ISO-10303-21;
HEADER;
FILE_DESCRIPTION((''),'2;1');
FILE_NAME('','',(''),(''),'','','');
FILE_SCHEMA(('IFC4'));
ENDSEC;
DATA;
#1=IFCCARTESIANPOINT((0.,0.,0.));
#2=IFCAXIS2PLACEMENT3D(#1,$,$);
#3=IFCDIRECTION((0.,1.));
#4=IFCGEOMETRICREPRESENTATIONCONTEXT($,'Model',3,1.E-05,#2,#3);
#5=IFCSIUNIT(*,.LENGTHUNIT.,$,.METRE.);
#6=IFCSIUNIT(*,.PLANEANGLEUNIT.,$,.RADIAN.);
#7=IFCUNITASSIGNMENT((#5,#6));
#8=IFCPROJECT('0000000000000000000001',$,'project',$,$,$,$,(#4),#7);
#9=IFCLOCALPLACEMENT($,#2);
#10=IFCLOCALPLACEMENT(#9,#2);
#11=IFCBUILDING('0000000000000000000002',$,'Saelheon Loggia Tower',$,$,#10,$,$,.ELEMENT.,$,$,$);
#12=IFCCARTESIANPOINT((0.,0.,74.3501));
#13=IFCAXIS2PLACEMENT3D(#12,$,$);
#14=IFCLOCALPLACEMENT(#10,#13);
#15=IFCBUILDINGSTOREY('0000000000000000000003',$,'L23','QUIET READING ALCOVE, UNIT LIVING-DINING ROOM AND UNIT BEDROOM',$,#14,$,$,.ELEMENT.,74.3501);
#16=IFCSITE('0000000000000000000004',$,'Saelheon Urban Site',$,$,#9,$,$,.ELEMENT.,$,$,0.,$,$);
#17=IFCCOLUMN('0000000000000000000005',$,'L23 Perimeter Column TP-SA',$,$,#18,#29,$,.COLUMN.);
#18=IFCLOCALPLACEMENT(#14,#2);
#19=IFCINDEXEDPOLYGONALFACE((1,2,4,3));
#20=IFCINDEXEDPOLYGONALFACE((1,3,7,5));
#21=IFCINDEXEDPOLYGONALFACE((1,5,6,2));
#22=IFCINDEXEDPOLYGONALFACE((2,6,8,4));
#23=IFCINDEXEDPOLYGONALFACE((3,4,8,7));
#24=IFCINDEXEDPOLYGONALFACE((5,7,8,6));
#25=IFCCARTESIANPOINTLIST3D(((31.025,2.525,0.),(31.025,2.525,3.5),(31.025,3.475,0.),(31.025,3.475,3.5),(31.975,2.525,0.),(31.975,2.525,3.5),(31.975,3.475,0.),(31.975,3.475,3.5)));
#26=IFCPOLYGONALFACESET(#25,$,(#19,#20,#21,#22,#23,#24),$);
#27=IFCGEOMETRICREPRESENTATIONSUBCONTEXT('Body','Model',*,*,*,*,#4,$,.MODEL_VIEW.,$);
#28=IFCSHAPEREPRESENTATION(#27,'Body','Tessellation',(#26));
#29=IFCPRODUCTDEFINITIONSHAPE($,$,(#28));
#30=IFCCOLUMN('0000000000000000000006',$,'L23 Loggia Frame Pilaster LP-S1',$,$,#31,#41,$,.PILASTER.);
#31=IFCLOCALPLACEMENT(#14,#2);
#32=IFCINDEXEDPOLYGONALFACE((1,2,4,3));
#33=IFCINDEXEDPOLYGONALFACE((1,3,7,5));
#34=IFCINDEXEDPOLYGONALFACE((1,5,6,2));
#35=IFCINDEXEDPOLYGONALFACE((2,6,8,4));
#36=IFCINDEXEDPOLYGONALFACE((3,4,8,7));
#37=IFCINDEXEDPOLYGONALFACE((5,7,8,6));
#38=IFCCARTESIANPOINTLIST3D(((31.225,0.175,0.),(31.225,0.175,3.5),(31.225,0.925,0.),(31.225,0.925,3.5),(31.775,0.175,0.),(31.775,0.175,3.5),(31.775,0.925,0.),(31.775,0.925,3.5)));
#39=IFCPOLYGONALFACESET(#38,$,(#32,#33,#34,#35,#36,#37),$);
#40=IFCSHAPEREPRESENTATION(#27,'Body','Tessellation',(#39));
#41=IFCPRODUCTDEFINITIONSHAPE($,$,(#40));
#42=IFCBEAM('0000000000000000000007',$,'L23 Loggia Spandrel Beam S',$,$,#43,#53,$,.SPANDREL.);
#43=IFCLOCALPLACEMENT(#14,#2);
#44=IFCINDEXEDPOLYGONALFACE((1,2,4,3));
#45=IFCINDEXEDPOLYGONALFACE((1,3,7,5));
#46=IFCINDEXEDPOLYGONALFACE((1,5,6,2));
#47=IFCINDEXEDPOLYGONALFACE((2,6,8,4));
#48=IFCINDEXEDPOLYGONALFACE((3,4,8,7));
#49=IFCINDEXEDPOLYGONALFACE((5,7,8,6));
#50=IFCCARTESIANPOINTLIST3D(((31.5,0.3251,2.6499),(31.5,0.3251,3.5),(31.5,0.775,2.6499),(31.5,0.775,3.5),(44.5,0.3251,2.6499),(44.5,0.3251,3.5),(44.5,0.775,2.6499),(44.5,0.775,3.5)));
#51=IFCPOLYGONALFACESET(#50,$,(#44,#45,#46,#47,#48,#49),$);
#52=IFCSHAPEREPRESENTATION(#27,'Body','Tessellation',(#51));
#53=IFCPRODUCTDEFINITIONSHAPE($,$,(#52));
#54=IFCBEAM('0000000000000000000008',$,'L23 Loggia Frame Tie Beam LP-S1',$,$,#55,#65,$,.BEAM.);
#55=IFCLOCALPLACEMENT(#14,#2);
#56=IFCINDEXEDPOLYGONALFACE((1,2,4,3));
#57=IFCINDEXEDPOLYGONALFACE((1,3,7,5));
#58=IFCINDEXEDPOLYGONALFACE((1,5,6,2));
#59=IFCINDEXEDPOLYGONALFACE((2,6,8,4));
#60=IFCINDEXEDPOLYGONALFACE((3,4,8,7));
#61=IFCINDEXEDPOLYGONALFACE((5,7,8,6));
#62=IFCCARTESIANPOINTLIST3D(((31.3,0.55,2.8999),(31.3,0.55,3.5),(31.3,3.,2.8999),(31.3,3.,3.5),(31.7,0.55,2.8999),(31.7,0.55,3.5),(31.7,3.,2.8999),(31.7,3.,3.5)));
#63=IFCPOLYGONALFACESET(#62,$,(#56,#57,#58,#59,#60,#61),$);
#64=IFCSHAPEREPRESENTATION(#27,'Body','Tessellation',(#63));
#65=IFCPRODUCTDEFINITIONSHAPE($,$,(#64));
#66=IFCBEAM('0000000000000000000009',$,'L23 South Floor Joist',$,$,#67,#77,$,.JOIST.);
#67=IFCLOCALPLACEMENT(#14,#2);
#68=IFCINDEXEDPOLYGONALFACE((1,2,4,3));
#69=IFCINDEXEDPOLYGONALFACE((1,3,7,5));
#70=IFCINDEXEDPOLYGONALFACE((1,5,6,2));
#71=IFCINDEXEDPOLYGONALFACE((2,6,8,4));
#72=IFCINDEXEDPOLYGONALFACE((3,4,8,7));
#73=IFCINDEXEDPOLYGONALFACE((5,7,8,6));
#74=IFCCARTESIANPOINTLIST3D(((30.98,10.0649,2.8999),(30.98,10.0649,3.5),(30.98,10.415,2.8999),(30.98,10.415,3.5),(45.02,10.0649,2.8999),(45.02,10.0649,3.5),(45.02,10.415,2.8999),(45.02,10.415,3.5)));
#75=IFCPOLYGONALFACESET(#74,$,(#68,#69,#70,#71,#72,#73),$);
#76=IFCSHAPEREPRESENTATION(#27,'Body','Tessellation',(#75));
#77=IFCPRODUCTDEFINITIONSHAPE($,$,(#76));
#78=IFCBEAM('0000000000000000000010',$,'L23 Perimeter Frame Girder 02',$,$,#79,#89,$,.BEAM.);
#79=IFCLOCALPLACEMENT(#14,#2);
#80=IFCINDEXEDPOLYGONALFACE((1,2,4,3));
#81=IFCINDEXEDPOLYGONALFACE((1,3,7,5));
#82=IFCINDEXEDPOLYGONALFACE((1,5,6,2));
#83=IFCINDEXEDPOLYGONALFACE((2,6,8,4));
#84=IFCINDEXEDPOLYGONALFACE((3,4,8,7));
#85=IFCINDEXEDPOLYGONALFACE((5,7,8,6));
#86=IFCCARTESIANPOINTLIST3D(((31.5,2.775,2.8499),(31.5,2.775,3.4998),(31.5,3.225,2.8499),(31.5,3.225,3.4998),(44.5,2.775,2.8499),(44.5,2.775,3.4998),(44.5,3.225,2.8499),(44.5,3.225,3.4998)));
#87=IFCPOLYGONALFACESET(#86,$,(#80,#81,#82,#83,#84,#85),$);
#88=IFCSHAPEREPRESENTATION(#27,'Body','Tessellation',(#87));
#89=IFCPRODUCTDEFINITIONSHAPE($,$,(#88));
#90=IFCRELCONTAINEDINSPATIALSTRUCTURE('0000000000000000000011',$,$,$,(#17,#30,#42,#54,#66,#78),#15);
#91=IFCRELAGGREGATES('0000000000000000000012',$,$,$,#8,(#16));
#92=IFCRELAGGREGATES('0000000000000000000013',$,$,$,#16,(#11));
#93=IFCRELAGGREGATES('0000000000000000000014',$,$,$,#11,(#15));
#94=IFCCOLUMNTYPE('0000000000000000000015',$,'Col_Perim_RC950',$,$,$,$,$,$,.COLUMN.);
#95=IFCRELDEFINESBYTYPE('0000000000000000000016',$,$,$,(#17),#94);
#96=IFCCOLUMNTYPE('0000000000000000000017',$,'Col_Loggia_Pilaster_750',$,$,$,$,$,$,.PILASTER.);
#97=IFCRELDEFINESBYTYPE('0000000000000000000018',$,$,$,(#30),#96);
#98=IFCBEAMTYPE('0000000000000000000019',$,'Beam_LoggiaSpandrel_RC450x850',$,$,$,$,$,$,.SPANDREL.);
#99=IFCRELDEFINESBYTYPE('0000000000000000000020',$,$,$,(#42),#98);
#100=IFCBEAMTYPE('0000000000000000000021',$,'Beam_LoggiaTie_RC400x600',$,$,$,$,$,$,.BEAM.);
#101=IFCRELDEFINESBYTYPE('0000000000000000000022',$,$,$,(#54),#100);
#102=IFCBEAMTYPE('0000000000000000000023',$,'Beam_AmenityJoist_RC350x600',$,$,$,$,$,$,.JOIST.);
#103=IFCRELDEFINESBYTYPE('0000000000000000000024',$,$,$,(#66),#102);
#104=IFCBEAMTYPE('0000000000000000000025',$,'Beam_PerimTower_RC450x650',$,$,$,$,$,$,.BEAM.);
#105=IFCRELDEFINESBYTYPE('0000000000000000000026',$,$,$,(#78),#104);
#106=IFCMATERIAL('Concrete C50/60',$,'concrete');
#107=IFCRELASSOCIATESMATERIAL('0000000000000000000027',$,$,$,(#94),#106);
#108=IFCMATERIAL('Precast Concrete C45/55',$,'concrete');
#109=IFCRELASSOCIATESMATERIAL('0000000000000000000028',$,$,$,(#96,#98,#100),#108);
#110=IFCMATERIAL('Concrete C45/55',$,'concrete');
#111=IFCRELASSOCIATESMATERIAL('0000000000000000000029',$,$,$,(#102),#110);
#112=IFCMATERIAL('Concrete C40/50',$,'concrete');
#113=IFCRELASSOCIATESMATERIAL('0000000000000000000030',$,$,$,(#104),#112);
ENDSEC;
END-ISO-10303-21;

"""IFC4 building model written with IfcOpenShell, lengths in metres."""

from ifc_helpers import new_model, si_unit, direction, frame, origin, origin_2d, place, context, subcontext, project, spatial, rectangle, extrude, source, transform, mapped, material, material_profile, profile_set, type_object, element, save


model = new_model("IFC4")

# Units and contexts
model_context = context("Model", 3, precision=1e-05, world=origin(), true_north=direction((0.0, 1.0)))
body_context = subcontext(model_context, "Body", "Model", "MODEL_VIEW")
ifc_project = project(units=[si_unit("LENGTHUNIT", "METRE"), si_unit("PLANEANGLEUNIT", "RADIAN")], contexts=[model_context])

# Site, building, storey
site_placement = place(None, origin())
site = spatial("IfcSite", under=ifc_project, at=site_placement, Name="Saelheon Urban Site", CompositionType="ELEMENT", RefElevation=0.0)
building_placement = place(site_placement, origin())
building = spatial("IfcBuilding", under=site, at=building_placement, Name="Saelheon Loggia Tower", CompositionType="ELEMENT")
storey_placement = place(building_placement, frame((0.0, 0.0, 74.3501)))
storey = spatial("IfcBuildingStorey", under=building, at=storey_placement, Name="L23", Description="QUIET READING ALCOVE, UNIT LIVING-DINING ROOM AND UNIT BEDROOM", CompositionType="ELEMENT", Elevation=74.3501)

# Columns
ifc_material_1 = material(Name="Concrete C50/60", Category="concrete")
ifc_material_profile_1 = material_profile(ifc_material_1, rectangle(XDim=0.95, YDim=0.95, at=origin_2d()), Name="RC-950x950")
ifc_profile_set_1 = profile_set([ifc_material_profile_1], Name="Concrete C50/60")
column_type_1 = type_object("IfcColumnType", Name="Col_Perim_RC950", PredefinedType="COLUMN", material=ifc_profile_set_1)
shared_shape_1 = source(origin(), body_context, "Body", "SweptSolid", [
    extrude(rectangle(XDim=0.95, YDim=0.95, at=origin_2d()), origin(), (0.0, 0.0, 1.0), 3.5),
])
column_1_placement = place(storey_placement, frame((31.5, 3.0, 0.0), z_axis=(0.0, 0.0, 1.0), x_axis=(1.0, 0.0, 0.0)))
element("IfcColumn", 1, at=column_1_placement, inside=storey, type_object=column_type_1, Name="L23 Perimeter Column TP-SA", PredefinedType="COLUMN", context=body_context, shape_type="MappedRepresentation", body=[
    mapped(shared_shape_1, transform((0.0, 0.0, 0.0), scale=1.0)),
])
ifc_material_2 = material(Name="Precast Concrete C45/55", Category="concrete")
ifc_material_profile_2 = material_profile(ifc_material_2, rectangle(XDim=0.55, YDim=0.75, at=origin_2d()), Name="RC-550x750")
ifc_profile_set_2 = profile_set([ifc_material_profile_2], Name="Precast Concrete C45/55")
column_type_2 = type_object("IfcColumnType", Name="Col_Loggia_Pilaster_750", PredefinedType="PILASTER", material=ifc_profile_set_2)
shared_shape_2 = source(origin(), body_context, "Body", "SweptSolid", [
    extrude(rectangle(XDim=0.55, YDim=0.75, at=origin_2d()), origin(), (0.0, 0.0, 1.0), 3.5),
])
column_2_placement = place(storey_placement, frame((31.5, 0.55, 0.0), z_axis=(0.0, 0.0, 1.0), x_axis=(1.0, 0.0, 0.0)))
element("IfcColumn", 2, at=column_2_placement, inside=storey, type_object=column_type_2, Name="L23 Loggia Frame Pilaster LP-S1", PredefinedType="PILASTER", context=body_context, shape_type="MappedRepresentation", body=[
    mapped(shared_shape_2, transform((0.0, 0.0, 0.0), scale=1.0)),
])

# Beams
ifc_material_profile_3 = material_profile(ifc_material_2, rectangle(XDim=0.45, YDim=0.8501, at=origin_2d()), Name="RC-450x850")
ifc_profile_set_3 = profile_set([ifc_material_profile_3], Name="Precast Concrete C45/55")
beam_type_1 = type_object("IfcBeamType", Name="Beam_LoggiaSpandrel_RC450x850", PredefinedType="SPANDREL", material=ifc_profile_set_3)
shared_shape_3 = source(origin(), body_context, "Body", "SweptSolid", [
    extrude(rectangle(XDim=0.45, YDim=0.8501, at=origin_2d()), origin(), (0.0, 0.0, 1.0), 13.0),
])
beam_1_placement = place(storey_placement, frame((31.5, 0.55, 3.075), z_axis=(1.0, 0.0, 0.0), x_axis=(0.0, 1.0, 0.0)))
element("IfcBeam", 3, at=beam_1_placement, inside=storey, type_object=beam_type_1, Name="L23 Loggia Spandrel Beam S", PredefinedType="SPANDREL", context=body_context, shape_type="MappedRepresentation", body=[
    mapped(shared_shape_3, transform((0.0, 0.0, 0.0), scale=1.0)),
])
ifc_material_profile_4 = material_profile(ifc_material_2, rectangle(XDim=0.3999, YDim=0.6001, at=origin_2d()), Name="RC-400x600")
ifc_profile_set_4 = profile_set([ifc_material_profile_4], Name="Precast Concrete C45/55")
beam_type_2 = type_object("IfcBeamType", Name="Beam_LoggiaTie_RC400x600", PredefinedType="BEAM", material=ifc_profile_set_4)
shared_shape_4 = source(origin(), body_context, "Body", "SweptSolid", [
    extrude(rectangle(XDim=0.3999, YDim=0.6001, at=origin_2d()), origin(), (0.0, 0.0, 1.0), 2.45),
])
beam_2_placement = place(storey_placement, frame((31.5, 3.0, 3.2), z_axis=(0.0, -1.0, 0.0), x_axis=(1.0, 0.0, 0.0)))
element("IfcBeam", 4, at=beam_2_placement, inside=storey, type_object=beam_type_2, Name="L23 Loggia Frame Tie Beam LP-S1", PredefinedType="BEAM", context=body_context, shape_type="MappedRepresentation", body=[
    mapped(shared_shape_4, transform((0.0, 0.0, 0.0), scale=1.0)),
])
ifc_material_3 = material(Name="Concrete C45/55", Category="concrete")
ifc_material_profile_5 = material_profile(ifc_material_3, rectangle(XDim=0.3501, YDim=0.6001, at=origin_2d()), Name="RC-350x600")
ifc_profile_set_5 = profile_set([ifc_material_profile_5], Name="Concrete C45/55")
beam_type_3 = type_object("IfcBeamType", Name="Beam_AmenityJoist_RC350x600", PredefinedType="JOIST", material=ifc_profile_set_5)
shared_shape_5 = source(origin(), body_context, "Body", "SweptSolid", [
    extrude(rectangle(XDim=0.3501, YDim=0.6001, at=origin_2d()), origin(), (0.0, 0.0, 1.0), 14.04),
])
beam_3_placement = place(storey_placement, frame((30.98, 10.24, 3.2), z_axis=(1.0, 0.0, 0.0), x_axis=(0.0, 1.0, 0.0)))
element("IfcBeam", 5, at=beam_3_placement, inside=storey, type_object=beam_type_3, Name="L23 South Floor Joist", PredefinedType="JOIST", context=body_context, shape_type="MappedRepresentation", body=[
    mapped(shared_shape_5, transform((0.0, 0.0, 0.0), scale=1.0)),
])
ifc_material_4 = material(Name="Concrete C40/50", Category="concrete")
ifc_material_profile_6 = material_profile(ifc_material_4, rectangle(XDim=0.45, YDim=0.6499, at=origin_2d()), Name="RC-450x650")
ifc_profile_set_6 = profile_set([ifc_material_profile_6], Name="Concrete C40/50")
beam_type_4 = type_object("IfcBeamType", Name="Beam_PerimTower_RC450x650", PredefinedType="BEAM", material=ifc_profile_set_6)
shared_shape_6 = source(origin(), body_context, "Body", "SweptSolid", [
    extrude(rectangle(XDim=0.45, YDim=0.6499, at=origin_2d()), origin(), (0.0, 0.0, 1.0), 13.0),
])
beam_4_placement = place(storey_placement, frame((31.5, 3.0, 3.1748), z_axis=(1.0, 0.0, 0.0), x_axis=(0.0, 1.0, 0.0)))
element("IfcBeam", 6, at=beam_4_placement, inside=storey, type_object=beam_type_4, Name="L23 Perimeter Frame Girder 02", PredefinedType="BEAM", context=body_context, shape_type="MappedRepresentation", body=[
    mapped(shared_shape_6, transform((0.0, 0.0, 0.0), scale=1.0)),
])

save(model, "model.ifc")
